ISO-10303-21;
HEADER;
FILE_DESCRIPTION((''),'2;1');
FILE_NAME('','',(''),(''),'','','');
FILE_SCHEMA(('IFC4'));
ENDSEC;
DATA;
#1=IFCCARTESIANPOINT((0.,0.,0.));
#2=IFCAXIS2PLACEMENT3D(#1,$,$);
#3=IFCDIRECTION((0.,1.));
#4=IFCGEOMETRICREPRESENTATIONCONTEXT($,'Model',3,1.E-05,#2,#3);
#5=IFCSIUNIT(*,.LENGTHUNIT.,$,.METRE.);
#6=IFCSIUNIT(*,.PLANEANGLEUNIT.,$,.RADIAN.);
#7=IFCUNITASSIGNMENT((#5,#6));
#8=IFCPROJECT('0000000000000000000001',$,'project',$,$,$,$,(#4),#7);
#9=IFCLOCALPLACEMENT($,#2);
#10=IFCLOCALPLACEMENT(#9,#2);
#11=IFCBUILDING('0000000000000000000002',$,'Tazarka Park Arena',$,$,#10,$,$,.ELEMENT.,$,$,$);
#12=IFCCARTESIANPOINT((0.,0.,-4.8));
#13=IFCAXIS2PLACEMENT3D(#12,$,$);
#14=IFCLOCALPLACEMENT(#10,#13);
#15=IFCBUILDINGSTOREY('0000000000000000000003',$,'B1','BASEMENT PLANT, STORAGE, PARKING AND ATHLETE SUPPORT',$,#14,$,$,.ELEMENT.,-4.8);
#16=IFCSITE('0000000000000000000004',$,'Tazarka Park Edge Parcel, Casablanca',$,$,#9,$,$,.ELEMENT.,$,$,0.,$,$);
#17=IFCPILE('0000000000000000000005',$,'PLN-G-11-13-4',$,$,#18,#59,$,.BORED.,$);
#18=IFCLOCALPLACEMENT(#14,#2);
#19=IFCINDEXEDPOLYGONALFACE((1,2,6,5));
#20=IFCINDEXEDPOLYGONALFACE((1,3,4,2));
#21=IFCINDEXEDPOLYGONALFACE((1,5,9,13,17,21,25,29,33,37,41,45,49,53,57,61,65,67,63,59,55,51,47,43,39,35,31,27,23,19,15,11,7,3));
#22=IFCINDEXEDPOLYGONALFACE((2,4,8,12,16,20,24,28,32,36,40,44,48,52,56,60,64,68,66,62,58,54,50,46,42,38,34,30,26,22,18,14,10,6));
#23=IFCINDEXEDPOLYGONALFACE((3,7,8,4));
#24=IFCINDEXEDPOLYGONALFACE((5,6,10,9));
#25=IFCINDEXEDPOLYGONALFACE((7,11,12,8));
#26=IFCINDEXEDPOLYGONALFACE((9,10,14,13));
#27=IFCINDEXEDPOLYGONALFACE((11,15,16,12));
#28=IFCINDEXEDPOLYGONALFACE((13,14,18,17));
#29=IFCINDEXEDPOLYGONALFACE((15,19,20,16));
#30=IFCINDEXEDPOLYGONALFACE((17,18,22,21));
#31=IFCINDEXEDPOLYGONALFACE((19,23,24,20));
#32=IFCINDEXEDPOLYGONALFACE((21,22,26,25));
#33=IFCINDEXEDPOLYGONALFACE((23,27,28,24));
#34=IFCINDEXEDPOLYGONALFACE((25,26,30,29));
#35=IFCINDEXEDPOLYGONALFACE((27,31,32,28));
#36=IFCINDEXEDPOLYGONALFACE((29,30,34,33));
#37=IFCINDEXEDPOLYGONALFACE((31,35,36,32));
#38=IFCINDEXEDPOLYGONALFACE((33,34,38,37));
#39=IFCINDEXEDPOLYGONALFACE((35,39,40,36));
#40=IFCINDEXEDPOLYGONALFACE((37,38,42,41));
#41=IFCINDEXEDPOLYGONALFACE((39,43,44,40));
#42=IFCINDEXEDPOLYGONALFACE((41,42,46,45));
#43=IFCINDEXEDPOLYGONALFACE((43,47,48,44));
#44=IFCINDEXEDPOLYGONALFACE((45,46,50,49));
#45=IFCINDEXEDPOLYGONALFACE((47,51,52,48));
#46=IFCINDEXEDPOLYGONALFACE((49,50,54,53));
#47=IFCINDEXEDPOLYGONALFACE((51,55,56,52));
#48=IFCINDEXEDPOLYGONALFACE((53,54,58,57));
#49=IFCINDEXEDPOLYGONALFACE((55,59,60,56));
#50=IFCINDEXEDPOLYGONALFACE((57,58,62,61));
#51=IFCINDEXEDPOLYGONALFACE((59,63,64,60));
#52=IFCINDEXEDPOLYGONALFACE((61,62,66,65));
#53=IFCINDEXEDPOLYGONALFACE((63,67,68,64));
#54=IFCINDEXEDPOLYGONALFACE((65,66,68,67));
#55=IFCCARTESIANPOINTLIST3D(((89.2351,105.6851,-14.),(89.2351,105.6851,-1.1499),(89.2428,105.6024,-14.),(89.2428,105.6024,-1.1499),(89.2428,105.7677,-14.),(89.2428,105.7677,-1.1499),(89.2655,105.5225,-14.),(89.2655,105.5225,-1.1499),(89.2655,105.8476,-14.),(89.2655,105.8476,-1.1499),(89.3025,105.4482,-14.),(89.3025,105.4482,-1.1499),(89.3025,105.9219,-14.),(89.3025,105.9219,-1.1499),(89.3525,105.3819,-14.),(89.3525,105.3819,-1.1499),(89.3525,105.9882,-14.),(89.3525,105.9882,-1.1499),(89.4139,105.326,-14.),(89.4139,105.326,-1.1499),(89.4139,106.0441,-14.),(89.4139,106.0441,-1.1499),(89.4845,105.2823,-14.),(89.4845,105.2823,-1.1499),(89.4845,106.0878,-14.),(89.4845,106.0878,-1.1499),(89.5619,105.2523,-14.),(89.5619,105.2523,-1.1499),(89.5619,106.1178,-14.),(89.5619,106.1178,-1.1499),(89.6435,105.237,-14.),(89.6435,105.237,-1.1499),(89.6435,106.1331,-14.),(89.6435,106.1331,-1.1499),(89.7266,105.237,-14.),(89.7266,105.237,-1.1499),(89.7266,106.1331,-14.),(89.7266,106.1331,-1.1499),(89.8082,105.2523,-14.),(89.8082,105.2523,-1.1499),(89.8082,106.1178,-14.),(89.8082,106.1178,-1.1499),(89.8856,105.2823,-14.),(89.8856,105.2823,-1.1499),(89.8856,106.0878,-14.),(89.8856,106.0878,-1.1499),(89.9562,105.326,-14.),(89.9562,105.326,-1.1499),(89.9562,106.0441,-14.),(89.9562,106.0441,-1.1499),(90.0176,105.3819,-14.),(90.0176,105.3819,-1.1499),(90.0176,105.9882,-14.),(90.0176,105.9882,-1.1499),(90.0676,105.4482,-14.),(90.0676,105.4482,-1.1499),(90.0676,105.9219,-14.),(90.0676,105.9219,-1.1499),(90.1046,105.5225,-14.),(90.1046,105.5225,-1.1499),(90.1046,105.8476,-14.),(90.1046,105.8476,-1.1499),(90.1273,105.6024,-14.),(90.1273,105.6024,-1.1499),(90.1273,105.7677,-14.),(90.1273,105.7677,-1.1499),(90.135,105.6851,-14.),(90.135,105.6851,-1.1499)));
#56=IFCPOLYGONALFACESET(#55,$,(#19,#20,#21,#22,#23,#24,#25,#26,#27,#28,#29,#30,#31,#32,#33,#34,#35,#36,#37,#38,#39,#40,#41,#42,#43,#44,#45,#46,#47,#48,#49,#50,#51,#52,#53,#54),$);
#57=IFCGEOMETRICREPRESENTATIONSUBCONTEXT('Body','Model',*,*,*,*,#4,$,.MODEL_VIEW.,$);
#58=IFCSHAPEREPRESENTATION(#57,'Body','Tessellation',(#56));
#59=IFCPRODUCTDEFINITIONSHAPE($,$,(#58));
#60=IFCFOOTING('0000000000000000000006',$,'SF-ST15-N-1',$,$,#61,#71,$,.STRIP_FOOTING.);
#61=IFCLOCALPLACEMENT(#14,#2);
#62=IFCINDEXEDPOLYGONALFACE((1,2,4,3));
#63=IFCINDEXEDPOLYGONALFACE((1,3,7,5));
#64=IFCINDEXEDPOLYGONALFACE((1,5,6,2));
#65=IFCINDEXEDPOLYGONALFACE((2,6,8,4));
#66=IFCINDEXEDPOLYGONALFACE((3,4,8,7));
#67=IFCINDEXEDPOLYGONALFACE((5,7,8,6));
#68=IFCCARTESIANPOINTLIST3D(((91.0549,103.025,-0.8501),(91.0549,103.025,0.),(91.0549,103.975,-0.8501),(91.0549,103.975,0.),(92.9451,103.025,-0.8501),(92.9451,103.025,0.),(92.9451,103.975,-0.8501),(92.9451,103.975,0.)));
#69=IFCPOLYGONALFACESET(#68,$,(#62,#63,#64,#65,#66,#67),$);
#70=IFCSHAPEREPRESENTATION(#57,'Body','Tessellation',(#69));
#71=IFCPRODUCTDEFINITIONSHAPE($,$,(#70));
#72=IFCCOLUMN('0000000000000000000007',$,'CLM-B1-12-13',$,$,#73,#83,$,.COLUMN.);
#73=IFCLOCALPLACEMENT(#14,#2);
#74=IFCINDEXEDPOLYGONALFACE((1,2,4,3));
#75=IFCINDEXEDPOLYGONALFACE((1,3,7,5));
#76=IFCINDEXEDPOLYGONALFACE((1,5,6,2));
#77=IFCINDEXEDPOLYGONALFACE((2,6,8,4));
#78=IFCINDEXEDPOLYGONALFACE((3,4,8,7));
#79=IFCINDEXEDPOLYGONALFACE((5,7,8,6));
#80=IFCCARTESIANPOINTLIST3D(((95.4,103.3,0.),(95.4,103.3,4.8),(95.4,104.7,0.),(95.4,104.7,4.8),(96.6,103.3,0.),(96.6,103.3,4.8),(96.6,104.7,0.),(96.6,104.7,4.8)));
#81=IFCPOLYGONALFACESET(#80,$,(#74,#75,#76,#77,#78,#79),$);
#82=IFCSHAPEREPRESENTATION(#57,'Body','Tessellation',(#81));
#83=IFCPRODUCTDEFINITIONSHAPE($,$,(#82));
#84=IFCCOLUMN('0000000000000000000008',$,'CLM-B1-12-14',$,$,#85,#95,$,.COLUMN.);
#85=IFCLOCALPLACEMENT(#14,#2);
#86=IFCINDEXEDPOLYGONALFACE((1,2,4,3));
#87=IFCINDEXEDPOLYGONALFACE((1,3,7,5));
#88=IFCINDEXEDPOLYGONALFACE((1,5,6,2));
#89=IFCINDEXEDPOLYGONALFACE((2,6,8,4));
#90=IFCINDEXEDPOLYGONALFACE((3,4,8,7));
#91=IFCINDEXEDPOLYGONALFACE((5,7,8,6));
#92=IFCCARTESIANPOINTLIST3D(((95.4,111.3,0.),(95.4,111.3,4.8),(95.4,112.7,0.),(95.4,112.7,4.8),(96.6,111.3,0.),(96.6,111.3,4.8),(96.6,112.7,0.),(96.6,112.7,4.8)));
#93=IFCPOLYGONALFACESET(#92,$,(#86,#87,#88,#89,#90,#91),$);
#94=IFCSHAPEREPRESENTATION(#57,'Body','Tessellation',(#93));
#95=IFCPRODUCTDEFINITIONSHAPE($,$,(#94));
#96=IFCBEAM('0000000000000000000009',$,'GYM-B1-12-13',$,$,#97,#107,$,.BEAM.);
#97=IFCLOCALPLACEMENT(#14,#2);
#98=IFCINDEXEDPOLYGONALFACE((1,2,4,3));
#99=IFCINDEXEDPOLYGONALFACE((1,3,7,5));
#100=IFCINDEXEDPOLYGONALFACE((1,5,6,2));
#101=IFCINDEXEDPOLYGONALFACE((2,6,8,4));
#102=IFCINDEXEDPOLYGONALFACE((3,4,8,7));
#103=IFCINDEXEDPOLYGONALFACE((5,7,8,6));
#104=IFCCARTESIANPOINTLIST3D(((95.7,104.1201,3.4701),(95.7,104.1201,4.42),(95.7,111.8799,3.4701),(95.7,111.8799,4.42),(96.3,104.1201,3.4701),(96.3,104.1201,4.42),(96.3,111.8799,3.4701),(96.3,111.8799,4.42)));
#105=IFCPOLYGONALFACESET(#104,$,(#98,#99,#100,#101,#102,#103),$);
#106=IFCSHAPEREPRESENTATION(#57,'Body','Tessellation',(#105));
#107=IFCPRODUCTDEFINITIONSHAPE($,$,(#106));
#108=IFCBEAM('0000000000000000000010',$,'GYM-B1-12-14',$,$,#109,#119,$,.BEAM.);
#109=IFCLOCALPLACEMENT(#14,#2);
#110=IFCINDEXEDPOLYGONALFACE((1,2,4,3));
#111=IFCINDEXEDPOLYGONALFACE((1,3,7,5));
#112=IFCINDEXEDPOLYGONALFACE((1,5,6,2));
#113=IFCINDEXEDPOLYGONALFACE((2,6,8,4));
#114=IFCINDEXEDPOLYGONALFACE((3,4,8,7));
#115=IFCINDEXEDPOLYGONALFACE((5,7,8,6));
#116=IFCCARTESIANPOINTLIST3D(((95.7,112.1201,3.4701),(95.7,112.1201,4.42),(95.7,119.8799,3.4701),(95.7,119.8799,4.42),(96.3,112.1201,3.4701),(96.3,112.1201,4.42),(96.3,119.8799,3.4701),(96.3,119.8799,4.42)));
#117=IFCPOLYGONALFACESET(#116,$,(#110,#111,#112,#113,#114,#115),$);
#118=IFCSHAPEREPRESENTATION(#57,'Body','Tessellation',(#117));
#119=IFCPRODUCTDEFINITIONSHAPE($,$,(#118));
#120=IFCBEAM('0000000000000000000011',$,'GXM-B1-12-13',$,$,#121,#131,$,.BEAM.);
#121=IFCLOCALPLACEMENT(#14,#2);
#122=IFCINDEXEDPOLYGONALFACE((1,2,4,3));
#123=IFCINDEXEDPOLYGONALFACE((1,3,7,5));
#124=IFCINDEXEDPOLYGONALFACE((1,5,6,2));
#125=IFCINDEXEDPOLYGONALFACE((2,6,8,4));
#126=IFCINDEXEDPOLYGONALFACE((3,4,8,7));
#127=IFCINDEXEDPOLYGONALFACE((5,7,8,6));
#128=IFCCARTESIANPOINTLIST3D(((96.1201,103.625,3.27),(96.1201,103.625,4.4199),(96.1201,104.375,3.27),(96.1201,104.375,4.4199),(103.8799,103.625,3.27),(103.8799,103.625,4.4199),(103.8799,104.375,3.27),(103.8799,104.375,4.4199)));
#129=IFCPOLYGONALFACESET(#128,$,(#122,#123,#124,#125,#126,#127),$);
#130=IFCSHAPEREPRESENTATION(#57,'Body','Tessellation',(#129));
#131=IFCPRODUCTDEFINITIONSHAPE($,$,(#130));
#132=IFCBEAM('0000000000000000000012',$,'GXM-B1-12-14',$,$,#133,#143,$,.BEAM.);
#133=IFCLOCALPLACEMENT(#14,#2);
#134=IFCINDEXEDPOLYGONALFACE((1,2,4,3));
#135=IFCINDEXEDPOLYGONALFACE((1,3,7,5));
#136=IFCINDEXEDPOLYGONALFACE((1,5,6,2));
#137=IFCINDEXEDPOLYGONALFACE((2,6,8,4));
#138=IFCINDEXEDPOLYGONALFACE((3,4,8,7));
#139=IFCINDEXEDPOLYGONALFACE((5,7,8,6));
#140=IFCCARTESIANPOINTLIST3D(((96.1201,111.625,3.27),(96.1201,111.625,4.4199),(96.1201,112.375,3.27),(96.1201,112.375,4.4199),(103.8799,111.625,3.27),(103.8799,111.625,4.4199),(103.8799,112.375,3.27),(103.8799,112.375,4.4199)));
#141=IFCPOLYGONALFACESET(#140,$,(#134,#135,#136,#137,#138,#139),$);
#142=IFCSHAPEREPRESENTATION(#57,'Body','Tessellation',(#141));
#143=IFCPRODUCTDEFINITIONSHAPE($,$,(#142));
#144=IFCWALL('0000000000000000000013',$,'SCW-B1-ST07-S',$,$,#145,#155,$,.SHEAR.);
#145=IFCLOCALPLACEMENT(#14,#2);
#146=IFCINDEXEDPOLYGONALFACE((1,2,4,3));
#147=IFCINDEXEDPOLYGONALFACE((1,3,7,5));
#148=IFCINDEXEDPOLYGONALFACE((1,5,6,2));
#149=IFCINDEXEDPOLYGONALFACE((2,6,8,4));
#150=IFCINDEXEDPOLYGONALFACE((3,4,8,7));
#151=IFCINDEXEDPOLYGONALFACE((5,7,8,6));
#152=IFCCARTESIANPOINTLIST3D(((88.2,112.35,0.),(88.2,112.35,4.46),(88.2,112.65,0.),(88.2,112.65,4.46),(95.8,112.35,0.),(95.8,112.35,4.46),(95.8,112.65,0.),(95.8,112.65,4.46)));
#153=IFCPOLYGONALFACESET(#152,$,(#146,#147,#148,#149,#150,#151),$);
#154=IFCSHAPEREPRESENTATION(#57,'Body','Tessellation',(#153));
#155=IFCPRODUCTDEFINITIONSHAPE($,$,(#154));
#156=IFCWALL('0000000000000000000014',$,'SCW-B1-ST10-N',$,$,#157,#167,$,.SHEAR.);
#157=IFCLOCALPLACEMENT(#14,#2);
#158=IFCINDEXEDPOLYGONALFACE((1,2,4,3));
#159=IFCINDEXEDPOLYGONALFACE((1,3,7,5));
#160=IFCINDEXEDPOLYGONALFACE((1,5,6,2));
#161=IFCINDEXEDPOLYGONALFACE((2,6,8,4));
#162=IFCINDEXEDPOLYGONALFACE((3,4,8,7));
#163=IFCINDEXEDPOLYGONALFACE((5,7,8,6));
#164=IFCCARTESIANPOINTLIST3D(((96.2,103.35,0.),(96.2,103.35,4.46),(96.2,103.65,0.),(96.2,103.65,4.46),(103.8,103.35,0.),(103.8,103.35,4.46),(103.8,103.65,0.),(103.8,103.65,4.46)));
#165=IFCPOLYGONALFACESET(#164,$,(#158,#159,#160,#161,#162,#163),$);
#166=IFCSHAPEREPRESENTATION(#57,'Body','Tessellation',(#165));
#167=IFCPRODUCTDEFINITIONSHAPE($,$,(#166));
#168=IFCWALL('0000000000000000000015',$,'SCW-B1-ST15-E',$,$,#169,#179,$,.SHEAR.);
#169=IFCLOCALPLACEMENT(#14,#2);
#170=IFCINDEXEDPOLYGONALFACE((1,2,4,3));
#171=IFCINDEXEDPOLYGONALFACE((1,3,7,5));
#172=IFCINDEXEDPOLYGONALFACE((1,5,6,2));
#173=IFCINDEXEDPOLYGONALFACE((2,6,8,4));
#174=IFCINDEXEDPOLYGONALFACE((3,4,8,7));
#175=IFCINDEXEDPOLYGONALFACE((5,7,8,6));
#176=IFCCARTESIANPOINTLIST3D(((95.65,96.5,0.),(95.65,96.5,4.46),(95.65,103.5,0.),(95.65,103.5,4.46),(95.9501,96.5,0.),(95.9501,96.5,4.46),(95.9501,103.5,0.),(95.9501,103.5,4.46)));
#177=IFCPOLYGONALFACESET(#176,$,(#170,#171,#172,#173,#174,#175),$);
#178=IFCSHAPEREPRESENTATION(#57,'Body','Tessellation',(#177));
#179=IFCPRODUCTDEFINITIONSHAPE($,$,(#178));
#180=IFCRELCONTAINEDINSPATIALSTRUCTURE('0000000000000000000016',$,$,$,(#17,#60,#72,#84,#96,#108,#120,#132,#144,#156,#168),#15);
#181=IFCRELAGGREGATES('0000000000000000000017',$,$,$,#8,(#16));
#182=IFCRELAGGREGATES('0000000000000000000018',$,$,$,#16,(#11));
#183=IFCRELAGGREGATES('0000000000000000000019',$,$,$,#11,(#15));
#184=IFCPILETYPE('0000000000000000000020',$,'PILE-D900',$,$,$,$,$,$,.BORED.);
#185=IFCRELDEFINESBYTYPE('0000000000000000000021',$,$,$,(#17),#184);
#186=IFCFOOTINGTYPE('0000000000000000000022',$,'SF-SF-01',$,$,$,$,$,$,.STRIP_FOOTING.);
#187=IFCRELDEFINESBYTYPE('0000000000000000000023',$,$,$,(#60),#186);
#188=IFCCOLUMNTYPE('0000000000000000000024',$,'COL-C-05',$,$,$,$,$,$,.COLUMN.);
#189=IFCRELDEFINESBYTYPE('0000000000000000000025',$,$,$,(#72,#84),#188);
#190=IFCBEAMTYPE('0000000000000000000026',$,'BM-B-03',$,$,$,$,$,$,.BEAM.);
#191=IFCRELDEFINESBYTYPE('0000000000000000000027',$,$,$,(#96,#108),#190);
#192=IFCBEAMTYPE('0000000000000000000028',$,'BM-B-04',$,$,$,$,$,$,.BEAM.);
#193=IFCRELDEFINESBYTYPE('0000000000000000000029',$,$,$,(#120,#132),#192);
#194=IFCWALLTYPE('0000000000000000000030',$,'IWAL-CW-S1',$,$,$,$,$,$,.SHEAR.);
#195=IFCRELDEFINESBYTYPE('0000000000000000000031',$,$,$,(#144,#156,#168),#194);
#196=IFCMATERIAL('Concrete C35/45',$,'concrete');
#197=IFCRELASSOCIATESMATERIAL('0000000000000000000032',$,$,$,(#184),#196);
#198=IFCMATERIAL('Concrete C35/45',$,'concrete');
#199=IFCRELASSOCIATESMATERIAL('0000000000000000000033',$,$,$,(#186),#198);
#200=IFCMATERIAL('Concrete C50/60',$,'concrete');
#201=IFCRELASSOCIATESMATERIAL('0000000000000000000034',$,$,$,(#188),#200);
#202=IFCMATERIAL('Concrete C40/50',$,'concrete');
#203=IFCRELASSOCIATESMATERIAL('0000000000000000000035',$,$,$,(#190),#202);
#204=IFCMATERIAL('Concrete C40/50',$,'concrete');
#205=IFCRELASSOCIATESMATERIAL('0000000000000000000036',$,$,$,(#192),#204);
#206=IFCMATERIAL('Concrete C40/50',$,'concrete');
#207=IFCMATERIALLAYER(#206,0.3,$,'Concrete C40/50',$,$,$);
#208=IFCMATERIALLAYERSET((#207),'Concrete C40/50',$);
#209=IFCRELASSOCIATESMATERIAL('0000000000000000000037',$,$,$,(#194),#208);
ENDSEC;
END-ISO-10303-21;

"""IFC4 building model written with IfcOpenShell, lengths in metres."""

from ifc_helpers import new_model, si_unit, direction, frame, frame_2d, origin, origin_2d, place, context, subcontext, project, spatial, rectangle, circle, extrude, material, layer, layer_set, material_profile, profile_set, type_object, element, save


model = new_model("IFC4")

# Units and contexts
model_context = context("Model", 3, precision=1e-05, world=origin(), true_north=direction((0.0, 1.0)))
body_context = subcontext(model_context, "Body", "Model", "MODEL_VIEW")
ifc_project = project(units=[si_unit("LENGTHUNIT", "METRE"), si_unit("PLANEANGLEUNIT", "RADIAN")], contexts=[model_context])

# Site, building, storey
site_placement = place(None, origin())
site = spatial("IfcSite", under=ifc_project, at=site_placement, Name="Tazarka Park Edge Parcel, Casablanca", CompositionType="ELEMENT", RefElevation=0.0)
building_placement = place(site_placement, origin())
building = spatial("IfcBuilding", under=site, at=building_placement, Name="Tazarka Park Arena", CompositionType="ELEMENT")
storey_placement = place(building_placement, frame((0.0, 0.0, -4.8)))
storey = spatial("IfcBuildingStorey", under=building, at=storey_placement, Name="B1", Description="BASEMENT PLANT, STORAGE, PARKING AND ATHLETE SUPPORT", CompositionType="ELEMENT", Elevation=-4.8)

# Pile
ifc_material_1 = material(Name="Concrete C35/45", Category="concrete")
ifc_material_profile_1 = material_profile(ifc_material_1, circle(Radius=0.45, at=origin_2d()), Name="Concrete C35/45")
ifc_profile_set_1 = profile_set([ifc_material_profile_1], Name="Concrete C35/45")
pile_type_1 = type_object("IfcPileType", Name="PILE-D900", PredefinedType="BORED", material=ifc_profile_set_1)
pile_1_placement = place(storey_placement, frame((89.6851, 105.6851, -1.1499), z_axis=(0.0, 0.0, -1.0), x_axis=(1.0, 0.0, 0.0)))
element("IfcPile", 1, at=pile_1_placement, inside=storey, type_object=pile_type_1, Name="PLN-G-11-13-4", PredefinedType="BORED", context=body_context, shape_type="SweptSolid", body=[
    extrude(circle(Radius=0.45, at=origin_2d()), origin(), (0.0, 0.0, 1.0), 12.8501),
])

# Footing
ifc_material_2 = material(Name="Concrete C35/45", Category="concrete")
ifc_material_profile_2 = material_profile(ifc_material_2, rectangle(XDim=0.95, YDim=0.8501, at=origin_2d()), Name="Concrete C35/45")
ifc_profile_set_2 = profile_set([ifc_material_profile_2], Name="Concrete C35/45")
footing_type_1 = type_object("IfcFootingType", Name="SF-SF-01", PredefinedType="STRIP_FOOTING", material=ifc_profile_set_2)
footing_1_placement = place(storey_placement, frame((91.0549, 103.5, -0.425), z_axis=(1.0, 0.0, 0.0), x_axis=(0.0, 1.0, 0.0)))
element("IfcFooting", 2, at=footing_1_placement, inside=storey, type_object=footing_type_1, Name="SF-ST15-N-1", PredefinedType="STRIP_FOOTING", context=body_context, shape_type="SweptSolid", body=[
    extrude(rectangle(XDim=0.95, YDim=0.8501, at=origin_2d()), origin(), (0.0, 0.0, 1.0), 1.8901),
])

# Columns
ifc_material_3 = material(Name="Concrete C50/60", Category="concrete")
ifc_material_profile_3 = material_profile(ifc_material_3, rectangle(XDim=1.2, YDim=1.3999, at=origin_2d()), Name="Concrete C50/60")
ifc_profile_set_3 = profile_set([ifc_material_profile_3], Name="Concrete C50/60")
column_type = type_object("IfcColumnType", Name="COL-C-05", PredefinedType="COLUMN", material=ifc_profile_set_3)
for number, where, z_axis, x_axis, name in (
    (3, (96.0, 104.0, 0.0), (0.0, 0.0, 1.0), (1.0, 0.0, 0.0), "CLM-B1-12-13"),
    (4, (96.0, 112.0, 0.0), (0.0, 0.0, 1.0), (1.0, 0.0, 0.0), "CLM-B1-12-14"),
):
    element("IfcColumn", number, at=place(storey_placement, frame(where, z_axis=z_axis, x_axis=x_axis)), inside=storey, type_object=column_type, Name=name, PredefinedType="COLUMN", context=body_context, shape_type="SweptSolid", body=[
        extrude(rectangle(XDim=1.2, YDim=1.3999, at=origin_2d()), origin(), (0.0, 0.0, 1.0), 4.8),
    ])

# Beams
ifc_material_4 = material(Name="Concrete C40/50", Category="concrete")
ifc_material_profile_4 = material_profile(ifc_material_4, rectangle(XDim=0.6001, YDim=0.95, at=origin_2d()), Name="Concrete C40/50")
ifc_profile_set_4 = profile_set([ifc_material_profile_4], Name="Concrete C40/50")
beam_type_1 = type_object("IfcBeamType", Name="BM-B-03", PredefinedType="BEAM", material=ifc_profile_set_4)
for number, where, z_axis, x_axis, name in (
    (5, (96.0, 104.1201, 3.9451), (0.0, 1.0, 0.0), (-1.0, 0.0, 0.0), "GYM-B1-12-13"),
    (6, (96.0, 112.1201, 3.9451), (0.0, 1.0, 0.0), (-1.0, 0.0, 0.0), "GYM-B1-12-14"),
):
    element("IfcBeam", number, at=place(storey_placement, frame(where, z_axis=z_axis, x_axis=x_axis)), inside=storey, type_object=beam_type_1, Name=name, PredefinedType="BEAM", context=body_context, shape_type="SweptSolid", body=[
        extrude(rectangle(XDim=0.6001, YDim=0.95, at=origin_2d()), origin(), (0.0, 0.0, 1.0), 7.7598),
    ])
ifc_material_5 = material(Name="Concrete C40/50", Category="concrete")
ifc_material_profile_5 = material_profile(ifc_material_5, rectangle(XDim=0.75, YDim=1.1499, at=origin_2d()), Name="Concrete C40/50")
ifc_profile_set_5 = profile_set([ifc_material_profile_5], Name="Concrete C40/50")
beam_type_2 = type_object("IfcBeamType", Name="BM-B-04", PredefinedType="BEAM", material=ifc_profile_set_5)
for number, where, z_axis, x_axis, name in (
    (7, (96.1201, 104.0, 3.845), (1.0, 0.0, 0.0), (0.0, 1.0, 0.0), "GXM-B1-12-13"),
    (8, (96.1201, 112.0, 3.845), (1.0, 0.0, 0.0), (0.0, 1.0, 0.0), "GXM-B1-12-14"),
):
    element("IfcBeam", number, at=place(storey_placement, frame(where, z_axis=z_axis, x_axis=x_axis)), inside=storey, type_object=beam_type_2, Name=name, PredefinedType="BEAM", context=body_context, shape_type="SweptSolid", body=[
        extrude(rectangle(XDim=0.75, YDim=1.1499, at=origin_2d()), origin(), (0.0, 0.0, 1.0), 7.7598),
    ])

# Walls
ifc_material_6 = material(Name="Concrete C40/50", Category="concrete")
ifc_layer = layer(ifc_material_6, 0.3, Name="Concrete C40/50")
ifc_layer_set = layer_set([ifc_layer], Name="Concrete C40/50")
wall_type = type_object("IfcWallType", Name="IWAL-CW-S1", PredefinedType="SHEAR", material=ifc_layer_set)
for number, where, z_axis, x_axis, name in (
    (9, (95.8, 112.5, 0.0), (0.0, 0.0, 1.0), (-1.0, 0.0, 0.0), "SCW-B1-ST07-S"),
    (10, (96.2, 103.5, 0.0), (0.0, 0.0, 1.0), (1.0, 0.0, 0.0), "SCW-B1-ST10-N"),
):
    element("IfcWall", number, at=place(storey_placement, frame(where, z_axis=z_axis, x_axis=x_axis)), inside=storey, type_object=wall_type, Name=name, PredefinedType="SHEAR", context=body_context, shape_type="SweptSolid", body=[
        extrude(rectangle(XDim=7.6001, YDim=0.3, at=frame_2d((3.8, 0.0))), origin(), (0.0, 0.0, 1.0), 4.46),
    ])
wall_placement = place(storey_placement, frame((95.8, 103.5, 0.0), z_axis=(0.0, 0.0, 1.0), x_axis=(0.0, -1.0, 0.0)))
element("IfcWall", 11, at=wall_placement, inside=storey, type_object=wall_type, Name="SCW-B1-ST15-E", PredefinedType="SHEAR", context=body_context, shape_type="SweptSolid", body=[
    extrude(rectangle(XDim=7.0, YDim=0.3, at=frame_2d((3.5, 0.0))), origin(), (0.0, 0.0, 1.0), 4.46),
])

save(model, "model.ifc")
